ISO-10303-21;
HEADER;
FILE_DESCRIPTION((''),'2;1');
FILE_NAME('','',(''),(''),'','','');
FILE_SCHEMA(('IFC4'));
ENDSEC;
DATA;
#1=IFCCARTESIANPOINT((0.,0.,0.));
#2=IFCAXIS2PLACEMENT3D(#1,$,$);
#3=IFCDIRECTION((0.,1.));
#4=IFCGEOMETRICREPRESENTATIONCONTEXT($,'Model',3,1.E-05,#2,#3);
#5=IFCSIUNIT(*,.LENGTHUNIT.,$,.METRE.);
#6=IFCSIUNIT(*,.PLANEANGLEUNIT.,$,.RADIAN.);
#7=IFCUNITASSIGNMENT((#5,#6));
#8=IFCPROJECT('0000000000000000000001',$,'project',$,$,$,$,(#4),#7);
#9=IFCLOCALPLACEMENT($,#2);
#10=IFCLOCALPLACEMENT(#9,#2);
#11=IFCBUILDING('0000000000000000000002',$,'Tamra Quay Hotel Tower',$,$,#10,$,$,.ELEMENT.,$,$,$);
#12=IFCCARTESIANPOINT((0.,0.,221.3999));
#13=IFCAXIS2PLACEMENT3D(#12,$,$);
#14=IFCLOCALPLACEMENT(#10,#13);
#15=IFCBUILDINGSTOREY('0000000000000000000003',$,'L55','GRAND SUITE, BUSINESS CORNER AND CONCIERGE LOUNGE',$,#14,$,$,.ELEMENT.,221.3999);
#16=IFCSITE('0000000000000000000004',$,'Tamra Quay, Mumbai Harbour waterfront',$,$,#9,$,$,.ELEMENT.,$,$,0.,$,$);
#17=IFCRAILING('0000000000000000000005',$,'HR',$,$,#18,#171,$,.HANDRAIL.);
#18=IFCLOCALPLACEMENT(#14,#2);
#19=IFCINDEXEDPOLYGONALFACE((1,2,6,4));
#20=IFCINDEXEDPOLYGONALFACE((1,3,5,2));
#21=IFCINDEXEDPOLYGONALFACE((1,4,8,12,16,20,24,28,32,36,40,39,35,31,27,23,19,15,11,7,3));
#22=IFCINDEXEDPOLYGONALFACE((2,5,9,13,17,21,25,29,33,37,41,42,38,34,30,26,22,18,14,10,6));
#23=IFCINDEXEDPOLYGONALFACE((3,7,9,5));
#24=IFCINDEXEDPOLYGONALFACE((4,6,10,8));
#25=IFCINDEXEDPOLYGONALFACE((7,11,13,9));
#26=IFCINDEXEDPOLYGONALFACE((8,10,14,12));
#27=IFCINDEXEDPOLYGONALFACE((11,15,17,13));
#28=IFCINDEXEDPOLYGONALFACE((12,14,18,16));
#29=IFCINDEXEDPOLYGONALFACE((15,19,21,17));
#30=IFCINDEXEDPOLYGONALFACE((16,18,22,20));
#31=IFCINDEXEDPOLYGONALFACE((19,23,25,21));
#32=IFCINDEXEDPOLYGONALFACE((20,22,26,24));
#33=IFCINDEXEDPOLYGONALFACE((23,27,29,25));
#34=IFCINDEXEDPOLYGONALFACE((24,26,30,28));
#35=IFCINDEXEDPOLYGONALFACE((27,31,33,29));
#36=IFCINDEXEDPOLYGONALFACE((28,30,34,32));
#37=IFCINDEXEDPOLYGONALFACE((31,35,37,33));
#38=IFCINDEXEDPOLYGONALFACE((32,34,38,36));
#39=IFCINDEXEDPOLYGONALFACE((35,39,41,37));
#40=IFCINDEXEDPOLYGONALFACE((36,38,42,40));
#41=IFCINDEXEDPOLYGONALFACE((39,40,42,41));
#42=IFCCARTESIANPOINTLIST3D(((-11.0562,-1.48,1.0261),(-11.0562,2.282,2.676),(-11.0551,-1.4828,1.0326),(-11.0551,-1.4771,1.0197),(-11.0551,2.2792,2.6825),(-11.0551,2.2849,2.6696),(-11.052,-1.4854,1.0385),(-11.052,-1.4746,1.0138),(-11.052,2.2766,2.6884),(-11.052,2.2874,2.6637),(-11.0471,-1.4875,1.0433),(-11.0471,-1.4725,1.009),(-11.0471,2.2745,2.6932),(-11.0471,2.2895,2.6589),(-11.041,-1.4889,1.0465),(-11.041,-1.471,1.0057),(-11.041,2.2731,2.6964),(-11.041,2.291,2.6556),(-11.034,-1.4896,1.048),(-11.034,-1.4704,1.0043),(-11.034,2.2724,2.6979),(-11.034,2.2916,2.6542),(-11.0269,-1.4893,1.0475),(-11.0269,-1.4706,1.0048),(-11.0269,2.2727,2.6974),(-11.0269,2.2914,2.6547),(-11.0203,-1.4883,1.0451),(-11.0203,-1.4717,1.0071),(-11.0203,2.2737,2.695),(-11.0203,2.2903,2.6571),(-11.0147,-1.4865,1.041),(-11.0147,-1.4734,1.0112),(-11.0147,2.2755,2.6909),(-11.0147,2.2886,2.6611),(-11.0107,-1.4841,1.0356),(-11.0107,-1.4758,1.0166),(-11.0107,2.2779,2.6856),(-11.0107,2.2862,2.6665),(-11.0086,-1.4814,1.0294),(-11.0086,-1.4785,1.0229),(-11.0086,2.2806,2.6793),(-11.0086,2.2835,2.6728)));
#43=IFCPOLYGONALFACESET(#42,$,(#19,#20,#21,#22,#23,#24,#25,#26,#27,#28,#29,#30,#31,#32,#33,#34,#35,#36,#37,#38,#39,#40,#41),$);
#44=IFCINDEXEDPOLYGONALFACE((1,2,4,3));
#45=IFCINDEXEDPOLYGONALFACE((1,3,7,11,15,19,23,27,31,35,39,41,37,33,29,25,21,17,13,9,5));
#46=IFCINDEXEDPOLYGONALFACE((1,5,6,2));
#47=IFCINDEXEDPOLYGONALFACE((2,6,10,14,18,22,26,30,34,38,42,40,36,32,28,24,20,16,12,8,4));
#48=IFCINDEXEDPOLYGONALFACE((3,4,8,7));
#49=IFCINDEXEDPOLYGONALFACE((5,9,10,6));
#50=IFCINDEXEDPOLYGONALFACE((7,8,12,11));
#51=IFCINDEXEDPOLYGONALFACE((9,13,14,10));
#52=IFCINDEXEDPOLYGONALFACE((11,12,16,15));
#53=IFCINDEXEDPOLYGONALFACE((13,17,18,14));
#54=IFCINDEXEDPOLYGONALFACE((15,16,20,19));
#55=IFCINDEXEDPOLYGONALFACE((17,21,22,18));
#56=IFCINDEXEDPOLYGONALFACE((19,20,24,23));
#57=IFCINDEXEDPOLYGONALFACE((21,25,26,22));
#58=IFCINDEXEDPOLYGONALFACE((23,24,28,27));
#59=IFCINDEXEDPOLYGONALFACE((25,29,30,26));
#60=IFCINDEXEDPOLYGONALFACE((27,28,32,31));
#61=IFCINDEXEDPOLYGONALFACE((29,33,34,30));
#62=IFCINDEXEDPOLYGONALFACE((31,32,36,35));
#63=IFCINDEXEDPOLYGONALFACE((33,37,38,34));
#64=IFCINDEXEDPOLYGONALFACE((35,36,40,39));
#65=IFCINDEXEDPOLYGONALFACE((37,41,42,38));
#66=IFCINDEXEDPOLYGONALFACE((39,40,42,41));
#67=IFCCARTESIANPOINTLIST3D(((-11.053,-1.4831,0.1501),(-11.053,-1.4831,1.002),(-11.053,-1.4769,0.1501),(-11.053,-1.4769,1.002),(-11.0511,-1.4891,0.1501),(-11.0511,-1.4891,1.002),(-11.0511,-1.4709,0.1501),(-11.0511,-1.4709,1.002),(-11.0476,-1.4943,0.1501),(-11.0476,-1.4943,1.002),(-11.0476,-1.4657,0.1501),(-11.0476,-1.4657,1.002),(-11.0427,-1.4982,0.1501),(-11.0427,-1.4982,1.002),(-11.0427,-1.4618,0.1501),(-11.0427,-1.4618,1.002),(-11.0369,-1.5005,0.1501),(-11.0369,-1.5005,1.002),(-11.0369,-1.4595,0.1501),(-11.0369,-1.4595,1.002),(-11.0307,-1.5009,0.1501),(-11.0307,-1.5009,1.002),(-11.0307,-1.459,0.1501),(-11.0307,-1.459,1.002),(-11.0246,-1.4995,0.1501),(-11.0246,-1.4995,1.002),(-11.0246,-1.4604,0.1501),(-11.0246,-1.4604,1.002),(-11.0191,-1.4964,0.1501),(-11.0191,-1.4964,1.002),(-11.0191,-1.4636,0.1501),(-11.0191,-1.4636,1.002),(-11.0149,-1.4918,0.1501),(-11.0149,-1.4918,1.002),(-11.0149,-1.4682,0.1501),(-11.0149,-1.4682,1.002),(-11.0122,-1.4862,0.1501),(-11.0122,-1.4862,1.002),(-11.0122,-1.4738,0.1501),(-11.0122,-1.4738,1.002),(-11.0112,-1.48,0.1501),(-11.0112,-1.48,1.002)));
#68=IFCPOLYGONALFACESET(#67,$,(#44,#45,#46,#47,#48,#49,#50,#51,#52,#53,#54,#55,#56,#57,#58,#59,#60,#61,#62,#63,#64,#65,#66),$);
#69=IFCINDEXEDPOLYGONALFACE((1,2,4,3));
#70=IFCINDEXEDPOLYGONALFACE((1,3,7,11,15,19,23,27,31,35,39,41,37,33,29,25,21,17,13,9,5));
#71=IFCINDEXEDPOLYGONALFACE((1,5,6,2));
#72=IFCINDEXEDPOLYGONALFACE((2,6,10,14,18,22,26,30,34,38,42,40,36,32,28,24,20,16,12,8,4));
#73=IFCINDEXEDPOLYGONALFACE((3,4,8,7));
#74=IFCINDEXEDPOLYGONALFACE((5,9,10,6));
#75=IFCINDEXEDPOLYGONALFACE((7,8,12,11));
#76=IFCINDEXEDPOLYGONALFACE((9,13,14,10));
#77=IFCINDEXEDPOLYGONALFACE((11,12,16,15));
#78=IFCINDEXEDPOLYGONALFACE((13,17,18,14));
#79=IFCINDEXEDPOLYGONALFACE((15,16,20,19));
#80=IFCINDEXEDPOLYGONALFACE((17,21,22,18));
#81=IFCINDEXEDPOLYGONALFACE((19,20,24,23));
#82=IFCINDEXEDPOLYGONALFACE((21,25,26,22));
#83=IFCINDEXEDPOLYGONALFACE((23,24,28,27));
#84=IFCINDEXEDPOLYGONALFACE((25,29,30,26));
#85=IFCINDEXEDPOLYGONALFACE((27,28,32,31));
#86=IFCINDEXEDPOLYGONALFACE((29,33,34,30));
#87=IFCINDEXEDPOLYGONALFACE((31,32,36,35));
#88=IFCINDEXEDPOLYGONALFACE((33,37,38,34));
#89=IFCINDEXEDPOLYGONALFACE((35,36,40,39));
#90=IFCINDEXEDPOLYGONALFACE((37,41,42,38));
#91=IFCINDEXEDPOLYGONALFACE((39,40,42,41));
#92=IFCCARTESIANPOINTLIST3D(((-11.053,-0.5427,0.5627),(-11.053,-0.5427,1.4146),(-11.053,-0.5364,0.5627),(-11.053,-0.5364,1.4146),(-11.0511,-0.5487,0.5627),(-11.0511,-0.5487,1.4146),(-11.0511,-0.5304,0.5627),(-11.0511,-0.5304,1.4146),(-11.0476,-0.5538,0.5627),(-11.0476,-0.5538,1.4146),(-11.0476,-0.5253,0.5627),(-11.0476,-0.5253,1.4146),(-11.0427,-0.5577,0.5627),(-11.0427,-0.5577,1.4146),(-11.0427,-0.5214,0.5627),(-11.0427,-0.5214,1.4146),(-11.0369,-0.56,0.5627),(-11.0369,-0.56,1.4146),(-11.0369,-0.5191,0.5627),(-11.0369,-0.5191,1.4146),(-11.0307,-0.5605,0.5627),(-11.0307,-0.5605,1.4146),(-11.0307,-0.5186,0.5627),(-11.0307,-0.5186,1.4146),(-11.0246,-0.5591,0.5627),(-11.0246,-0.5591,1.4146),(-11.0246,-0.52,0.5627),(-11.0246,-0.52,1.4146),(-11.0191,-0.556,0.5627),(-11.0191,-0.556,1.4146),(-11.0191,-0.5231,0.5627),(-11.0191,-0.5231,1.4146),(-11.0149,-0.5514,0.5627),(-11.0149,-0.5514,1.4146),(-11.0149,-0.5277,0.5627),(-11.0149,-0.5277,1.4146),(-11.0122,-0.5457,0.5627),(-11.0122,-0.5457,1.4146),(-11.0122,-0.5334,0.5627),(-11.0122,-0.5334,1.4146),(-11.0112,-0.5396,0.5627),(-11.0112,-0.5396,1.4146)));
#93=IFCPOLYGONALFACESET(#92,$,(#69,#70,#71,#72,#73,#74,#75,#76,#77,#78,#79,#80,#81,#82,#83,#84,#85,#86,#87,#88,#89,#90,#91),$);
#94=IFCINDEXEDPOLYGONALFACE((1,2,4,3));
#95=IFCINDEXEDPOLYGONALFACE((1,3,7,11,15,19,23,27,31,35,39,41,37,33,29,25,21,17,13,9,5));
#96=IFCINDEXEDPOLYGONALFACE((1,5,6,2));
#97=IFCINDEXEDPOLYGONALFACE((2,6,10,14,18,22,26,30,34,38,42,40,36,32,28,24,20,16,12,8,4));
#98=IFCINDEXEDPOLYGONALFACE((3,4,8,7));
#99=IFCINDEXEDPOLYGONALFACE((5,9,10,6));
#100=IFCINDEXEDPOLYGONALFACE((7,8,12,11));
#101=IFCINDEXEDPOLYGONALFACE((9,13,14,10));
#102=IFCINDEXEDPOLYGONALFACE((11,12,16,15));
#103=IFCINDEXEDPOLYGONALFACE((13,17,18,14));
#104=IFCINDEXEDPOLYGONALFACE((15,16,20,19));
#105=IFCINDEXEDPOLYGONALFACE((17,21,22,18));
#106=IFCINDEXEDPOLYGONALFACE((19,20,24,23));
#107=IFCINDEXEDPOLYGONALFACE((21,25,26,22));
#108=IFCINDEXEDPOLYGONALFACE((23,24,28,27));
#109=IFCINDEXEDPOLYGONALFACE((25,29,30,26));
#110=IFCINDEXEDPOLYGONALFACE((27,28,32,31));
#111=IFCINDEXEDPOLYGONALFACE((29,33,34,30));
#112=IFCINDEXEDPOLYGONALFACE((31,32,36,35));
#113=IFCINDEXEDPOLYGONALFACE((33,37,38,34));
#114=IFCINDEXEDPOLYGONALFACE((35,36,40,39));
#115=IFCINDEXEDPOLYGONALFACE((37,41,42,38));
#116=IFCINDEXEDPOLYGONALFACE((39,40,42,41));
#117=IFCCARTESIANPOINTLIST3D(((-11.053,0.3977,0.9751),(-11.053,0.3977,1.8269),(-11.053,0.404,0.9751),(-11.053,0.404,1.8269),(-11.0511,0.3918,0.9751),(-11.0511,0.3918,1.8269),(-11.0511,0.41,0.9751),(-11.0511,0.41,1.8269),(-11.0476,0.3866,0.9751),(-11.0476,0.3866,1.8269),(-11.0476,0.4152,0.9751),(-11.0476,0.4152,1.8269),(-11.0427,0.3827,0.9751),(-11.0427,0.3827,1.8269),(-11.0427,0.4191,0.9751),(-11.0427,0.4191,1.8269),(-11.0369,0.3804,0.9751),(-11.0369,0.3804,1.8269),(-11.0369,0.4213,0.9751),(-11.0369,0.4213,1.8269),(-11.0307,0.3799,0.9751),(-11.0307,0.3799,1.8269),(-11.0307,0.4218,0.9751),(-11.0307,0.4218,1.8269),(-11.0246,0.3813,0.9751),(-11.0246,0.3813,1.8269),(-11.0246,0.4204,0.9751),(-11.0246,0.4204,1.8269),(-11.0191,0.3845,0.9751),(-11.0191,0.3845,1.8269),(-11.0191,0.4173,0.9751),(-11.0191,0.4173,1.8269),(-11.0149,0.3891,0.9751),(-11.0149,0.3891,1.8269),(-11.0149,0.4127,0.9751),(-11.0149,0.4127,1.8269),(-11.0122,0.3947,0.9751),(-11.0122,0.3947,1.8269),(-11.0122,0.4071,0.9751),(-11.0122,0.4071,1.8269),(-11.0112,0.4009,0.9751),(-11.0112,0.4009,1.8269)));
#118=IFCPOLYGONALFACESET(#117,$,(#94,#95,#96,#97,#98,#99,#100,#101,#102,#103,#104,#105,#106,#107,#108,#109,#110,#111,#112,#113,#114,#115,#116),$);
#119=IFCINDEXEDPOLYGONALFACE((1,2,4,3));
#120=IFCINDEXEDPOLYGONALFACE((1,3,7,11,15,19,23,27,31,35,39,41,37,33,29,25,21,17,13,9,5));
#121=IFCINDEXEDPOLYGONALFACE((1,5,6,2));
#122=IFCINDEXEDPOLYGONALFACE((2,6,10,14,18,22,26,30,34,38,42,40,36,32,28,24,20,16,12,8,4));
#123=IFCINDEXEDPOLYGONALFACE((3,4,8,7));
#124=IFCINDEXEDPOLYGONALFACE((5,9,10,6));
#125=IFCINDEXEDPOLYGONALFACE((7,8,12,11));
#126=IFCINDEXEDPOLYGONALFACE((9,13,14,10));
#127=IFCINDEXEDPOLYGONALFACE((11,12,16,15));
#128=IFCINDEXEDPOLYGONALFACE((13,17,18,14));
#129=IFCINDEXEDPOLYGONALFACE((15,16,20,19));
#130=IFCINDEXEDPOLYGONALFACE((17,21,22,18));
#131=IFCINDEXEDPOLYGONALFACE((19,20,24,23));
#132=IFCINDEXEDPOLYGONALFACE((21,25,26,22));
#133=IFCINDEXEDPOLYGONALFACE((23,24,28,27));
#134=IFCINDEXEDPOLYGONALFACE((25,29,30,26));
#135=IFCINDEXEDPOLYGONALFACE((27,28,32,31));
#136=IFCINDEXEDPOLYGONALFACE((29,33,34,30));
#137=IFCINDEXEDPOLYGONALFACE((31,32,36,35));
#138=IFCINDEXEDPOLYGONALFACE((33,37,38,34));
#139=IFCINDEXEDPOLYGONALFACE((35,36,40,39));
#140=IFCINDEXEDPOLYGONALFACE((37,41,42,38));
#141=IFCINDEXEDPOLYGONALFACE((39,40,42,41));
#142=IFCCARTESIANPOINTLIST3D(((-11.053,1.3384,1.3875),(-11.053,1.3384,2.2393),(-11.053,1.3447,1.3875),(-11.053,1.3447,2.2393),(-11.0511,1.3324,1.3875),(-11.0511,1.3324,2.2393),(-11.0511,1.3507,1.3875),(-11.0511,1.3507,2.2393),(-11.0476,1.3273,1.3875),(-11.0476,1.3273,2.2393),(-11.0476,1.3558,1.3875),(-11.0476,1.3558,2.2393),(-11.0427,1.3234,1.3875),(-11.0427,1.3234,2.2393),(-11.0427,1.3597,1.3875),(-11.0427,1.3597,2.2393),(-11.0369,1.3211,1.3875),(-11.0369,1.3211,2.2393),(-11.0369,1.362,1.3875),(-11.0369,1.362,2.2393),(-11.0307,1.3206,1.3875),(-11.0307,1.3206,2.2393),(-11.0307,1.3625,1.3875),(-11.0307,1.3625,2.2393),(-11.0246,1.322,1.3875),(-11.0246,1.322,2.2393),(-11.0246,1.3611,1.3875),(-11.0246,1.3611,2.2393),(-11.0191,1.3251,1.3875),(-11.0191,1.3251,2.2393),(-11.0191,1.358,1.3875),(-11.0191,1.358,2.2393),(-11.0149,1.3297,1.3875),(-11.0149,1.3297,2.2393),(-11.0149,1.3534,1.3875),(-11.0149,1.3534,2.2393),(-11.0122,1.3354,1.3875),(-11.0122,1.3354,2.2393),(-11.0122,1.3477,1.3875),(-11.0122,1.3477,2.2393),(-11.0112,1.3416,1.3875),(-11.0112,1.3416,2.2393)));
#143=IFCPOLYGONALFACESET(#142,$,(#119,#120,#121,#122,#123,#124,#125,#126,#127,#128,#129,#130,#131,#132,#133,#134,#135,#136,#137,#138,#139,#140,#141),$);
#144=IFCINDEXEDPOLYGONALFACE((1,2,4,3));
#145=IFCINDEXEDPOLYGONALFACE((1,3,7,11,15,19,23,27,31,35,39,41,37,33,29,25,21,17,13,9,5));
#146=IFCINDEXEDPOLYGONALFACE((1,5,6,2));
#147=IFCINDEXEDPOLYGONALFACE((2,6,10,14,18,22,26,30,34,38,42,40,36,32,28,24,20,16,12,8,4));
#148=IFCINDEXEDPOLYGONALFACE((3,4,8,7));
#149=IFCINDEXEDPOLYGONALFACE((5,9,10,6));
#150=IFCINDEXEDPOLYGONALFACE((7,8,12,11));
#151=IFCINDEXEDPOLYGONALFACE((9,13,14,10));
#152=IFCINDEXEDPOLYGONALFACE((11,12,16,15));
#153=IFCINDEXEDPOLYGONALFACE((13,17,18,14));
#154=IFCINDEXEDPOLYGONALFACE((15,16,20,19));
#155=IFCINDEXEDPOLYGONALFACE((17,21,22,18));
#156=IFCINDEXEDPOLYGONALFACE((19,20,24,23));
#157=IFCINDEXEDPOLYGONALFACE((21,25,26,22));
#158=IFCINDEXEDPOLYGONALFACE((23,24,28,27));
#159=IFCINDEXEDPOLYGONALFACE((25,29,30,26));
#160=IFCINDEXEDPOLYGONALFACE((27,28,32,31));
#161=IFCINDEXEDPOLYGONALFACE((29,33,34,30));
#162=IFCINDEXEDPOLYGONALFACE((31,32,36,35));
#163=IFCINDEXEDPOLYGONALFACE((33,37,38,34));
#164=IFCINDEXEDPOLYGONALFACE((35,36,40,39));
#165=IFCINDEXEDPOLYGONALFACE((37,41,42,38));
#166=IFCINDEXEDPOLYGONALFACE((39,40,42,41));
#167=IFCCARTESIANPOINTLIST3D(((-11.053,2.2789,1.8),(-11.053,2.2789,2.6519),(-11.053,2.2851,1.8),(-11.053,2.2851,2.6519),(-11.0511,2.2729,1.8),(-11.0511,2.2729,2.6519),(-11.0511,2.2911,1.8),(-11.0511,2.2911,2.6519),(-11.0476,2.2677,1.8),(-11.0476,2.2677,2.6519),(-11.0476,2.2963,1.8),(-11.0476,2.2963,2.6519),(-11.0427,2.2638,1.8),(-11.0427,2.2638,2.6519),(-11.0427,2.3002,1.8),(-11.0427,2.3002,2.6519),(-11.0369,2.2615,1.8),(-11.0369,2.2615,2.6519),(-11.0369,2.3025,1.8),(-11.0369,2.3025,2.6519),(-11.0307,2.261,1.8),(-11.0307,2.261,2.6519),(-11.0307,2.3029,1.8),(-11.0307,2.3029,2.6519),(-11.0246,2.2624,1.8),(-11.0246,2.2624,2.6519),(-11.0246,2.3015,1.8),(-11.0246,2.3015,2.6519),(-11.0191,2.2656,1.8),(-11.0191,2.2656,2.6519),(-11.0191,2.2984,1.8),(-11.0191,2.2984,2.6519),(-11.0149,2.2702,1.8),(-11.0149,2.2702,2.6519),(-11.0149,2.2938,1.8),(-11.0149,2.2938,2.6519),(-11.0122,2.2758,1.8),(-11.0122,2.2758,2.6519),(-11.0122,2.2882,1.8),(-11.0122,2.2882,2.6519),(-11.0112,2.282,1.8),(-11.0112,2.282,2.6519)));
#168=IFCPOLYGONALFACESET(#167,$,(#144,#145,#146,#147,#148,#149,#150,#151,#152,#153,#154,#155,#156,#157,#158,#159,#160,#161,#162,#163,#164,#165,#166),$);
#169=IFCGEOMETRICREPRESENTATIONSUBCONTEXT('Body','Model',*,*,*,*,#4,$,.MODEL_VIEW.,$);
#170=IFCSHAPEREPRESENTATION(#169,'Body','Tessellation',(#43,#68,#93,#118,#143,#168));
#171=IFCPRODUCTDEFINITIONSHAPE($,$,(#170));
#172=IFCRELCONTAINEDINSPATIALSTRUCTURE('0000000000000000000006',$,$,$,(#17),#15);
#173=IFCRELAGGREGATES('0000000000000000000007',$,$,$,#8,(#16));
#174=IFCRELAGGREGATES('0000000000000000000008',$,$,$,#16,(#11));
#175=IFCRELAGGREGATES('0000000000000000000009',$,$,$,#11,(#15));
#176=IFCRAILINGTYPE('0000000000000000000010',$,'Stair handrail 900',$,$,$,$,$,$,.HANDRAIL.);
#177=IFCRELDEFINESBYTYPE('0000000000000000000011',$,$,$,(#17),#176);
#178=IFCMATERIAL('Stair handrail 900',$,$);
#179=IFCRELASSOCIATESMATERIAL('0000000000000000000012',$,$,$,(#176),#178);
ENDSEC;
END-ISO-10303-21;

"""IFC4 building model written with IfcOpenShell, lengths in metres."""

from ifc_helpers import new_model, si_unit, direction, frame, origin, origin_2d, place, context, subcontext, project, spatial, circle, extrude, material, type_object, element, save


model = new_model("IFC4")

# Units and contexts
model_context = context("Model", 3, precision=1e-05, world=origin(), true_north=direction((0.0, 1.0)))
body_context = subcontext(model_context, "Body", "Model", "MODEL_VIEW")
ifc_project = project(units=[si_unit("LENGTHUNIT", "METRE"), si_unit("PLANEANGLEUNIT", "RADIAN")], contexts=[model_context])

# Site, building, storey
site_placement = place(None, origin())
site = spatial("IfcSite", under=ifc_project, at=site_placement, Name="Tamra Quay, Mumbai Harbour waterfront", CompositionType="ELEMENT", RefElevation=0.0)
building_placement = place(site_placement, origin())
building = spatial("IfcBuilding", under=site, at=building_placement, Name="Tamra Quay Hotel Tower", CompositionType="ELEMENT")
storey_placement = place(building_placement, frame((0.0, 0.0, 221.3999)))
storey = spatial("IfcBuildingStorey", under=building, at=storey_placement, Name="L55", Description="GRAND SUITE, BUSINESS CORNER AND CONCIERGE LOUNGE", CompositionType="ELEMENT", Elevation=221.3999)

# Railing
ifc_material_1 = material(Name="Stair handrail 900")
railing_type = type_object("IfcRailingType", Name="Stair handrail 900", PredefinedType="HANDRAIL", material=ifc_material_1)
railing_placement = place(storey_placement, frame((-11.0322, -1.48, 0.1501)))
element("IfcRailing", 1, at=railing_placement, inside=storey, type_object=railing_type, Name="HR", PredefinedType="HANDRAIL", context=body_context, shape_type="SweptSolid", body=[
    extrude(circle(Radius=0.0239, at=origin_2d()), frame((0.0, 0.0, 0.876), z_axis=(0.0, 0.915795, 0.401645), x_axis=(-1.0, 0.0, 0.0)), (0.0, 0.0, 1.0), 4.1079),
    extrude(circle(Radius=0.021, at=origin_2d()), origin(), (0.0, 0.0, 1.0), 0.8518),
    extrude(circle(Radius=0.021, at=origin_2d()), frame((0.0, 0.9404, 0.4126)), (0.0, 0.0, 1.0), 0.8518),
    extrude(circle(Radius=0.021, at=origin_2d()), frame((0.0, 1.8809, 0.825)), (0.0, 0.0, 1.0), 0.8518),
    extrude(circle(Radius=0.021, at=origin_2d()), frame((0.0, 2.8215, 1.2373)), (0.0, 0.0, 1.0), 0.8518),
    extrude(circle(Radius=0.021, at=origin_2d()), frame((0.0, 3.762, 1.6499)), (0.0, 0.0, 1.0), 0.8518),
])

save(model, "model.ifc")
